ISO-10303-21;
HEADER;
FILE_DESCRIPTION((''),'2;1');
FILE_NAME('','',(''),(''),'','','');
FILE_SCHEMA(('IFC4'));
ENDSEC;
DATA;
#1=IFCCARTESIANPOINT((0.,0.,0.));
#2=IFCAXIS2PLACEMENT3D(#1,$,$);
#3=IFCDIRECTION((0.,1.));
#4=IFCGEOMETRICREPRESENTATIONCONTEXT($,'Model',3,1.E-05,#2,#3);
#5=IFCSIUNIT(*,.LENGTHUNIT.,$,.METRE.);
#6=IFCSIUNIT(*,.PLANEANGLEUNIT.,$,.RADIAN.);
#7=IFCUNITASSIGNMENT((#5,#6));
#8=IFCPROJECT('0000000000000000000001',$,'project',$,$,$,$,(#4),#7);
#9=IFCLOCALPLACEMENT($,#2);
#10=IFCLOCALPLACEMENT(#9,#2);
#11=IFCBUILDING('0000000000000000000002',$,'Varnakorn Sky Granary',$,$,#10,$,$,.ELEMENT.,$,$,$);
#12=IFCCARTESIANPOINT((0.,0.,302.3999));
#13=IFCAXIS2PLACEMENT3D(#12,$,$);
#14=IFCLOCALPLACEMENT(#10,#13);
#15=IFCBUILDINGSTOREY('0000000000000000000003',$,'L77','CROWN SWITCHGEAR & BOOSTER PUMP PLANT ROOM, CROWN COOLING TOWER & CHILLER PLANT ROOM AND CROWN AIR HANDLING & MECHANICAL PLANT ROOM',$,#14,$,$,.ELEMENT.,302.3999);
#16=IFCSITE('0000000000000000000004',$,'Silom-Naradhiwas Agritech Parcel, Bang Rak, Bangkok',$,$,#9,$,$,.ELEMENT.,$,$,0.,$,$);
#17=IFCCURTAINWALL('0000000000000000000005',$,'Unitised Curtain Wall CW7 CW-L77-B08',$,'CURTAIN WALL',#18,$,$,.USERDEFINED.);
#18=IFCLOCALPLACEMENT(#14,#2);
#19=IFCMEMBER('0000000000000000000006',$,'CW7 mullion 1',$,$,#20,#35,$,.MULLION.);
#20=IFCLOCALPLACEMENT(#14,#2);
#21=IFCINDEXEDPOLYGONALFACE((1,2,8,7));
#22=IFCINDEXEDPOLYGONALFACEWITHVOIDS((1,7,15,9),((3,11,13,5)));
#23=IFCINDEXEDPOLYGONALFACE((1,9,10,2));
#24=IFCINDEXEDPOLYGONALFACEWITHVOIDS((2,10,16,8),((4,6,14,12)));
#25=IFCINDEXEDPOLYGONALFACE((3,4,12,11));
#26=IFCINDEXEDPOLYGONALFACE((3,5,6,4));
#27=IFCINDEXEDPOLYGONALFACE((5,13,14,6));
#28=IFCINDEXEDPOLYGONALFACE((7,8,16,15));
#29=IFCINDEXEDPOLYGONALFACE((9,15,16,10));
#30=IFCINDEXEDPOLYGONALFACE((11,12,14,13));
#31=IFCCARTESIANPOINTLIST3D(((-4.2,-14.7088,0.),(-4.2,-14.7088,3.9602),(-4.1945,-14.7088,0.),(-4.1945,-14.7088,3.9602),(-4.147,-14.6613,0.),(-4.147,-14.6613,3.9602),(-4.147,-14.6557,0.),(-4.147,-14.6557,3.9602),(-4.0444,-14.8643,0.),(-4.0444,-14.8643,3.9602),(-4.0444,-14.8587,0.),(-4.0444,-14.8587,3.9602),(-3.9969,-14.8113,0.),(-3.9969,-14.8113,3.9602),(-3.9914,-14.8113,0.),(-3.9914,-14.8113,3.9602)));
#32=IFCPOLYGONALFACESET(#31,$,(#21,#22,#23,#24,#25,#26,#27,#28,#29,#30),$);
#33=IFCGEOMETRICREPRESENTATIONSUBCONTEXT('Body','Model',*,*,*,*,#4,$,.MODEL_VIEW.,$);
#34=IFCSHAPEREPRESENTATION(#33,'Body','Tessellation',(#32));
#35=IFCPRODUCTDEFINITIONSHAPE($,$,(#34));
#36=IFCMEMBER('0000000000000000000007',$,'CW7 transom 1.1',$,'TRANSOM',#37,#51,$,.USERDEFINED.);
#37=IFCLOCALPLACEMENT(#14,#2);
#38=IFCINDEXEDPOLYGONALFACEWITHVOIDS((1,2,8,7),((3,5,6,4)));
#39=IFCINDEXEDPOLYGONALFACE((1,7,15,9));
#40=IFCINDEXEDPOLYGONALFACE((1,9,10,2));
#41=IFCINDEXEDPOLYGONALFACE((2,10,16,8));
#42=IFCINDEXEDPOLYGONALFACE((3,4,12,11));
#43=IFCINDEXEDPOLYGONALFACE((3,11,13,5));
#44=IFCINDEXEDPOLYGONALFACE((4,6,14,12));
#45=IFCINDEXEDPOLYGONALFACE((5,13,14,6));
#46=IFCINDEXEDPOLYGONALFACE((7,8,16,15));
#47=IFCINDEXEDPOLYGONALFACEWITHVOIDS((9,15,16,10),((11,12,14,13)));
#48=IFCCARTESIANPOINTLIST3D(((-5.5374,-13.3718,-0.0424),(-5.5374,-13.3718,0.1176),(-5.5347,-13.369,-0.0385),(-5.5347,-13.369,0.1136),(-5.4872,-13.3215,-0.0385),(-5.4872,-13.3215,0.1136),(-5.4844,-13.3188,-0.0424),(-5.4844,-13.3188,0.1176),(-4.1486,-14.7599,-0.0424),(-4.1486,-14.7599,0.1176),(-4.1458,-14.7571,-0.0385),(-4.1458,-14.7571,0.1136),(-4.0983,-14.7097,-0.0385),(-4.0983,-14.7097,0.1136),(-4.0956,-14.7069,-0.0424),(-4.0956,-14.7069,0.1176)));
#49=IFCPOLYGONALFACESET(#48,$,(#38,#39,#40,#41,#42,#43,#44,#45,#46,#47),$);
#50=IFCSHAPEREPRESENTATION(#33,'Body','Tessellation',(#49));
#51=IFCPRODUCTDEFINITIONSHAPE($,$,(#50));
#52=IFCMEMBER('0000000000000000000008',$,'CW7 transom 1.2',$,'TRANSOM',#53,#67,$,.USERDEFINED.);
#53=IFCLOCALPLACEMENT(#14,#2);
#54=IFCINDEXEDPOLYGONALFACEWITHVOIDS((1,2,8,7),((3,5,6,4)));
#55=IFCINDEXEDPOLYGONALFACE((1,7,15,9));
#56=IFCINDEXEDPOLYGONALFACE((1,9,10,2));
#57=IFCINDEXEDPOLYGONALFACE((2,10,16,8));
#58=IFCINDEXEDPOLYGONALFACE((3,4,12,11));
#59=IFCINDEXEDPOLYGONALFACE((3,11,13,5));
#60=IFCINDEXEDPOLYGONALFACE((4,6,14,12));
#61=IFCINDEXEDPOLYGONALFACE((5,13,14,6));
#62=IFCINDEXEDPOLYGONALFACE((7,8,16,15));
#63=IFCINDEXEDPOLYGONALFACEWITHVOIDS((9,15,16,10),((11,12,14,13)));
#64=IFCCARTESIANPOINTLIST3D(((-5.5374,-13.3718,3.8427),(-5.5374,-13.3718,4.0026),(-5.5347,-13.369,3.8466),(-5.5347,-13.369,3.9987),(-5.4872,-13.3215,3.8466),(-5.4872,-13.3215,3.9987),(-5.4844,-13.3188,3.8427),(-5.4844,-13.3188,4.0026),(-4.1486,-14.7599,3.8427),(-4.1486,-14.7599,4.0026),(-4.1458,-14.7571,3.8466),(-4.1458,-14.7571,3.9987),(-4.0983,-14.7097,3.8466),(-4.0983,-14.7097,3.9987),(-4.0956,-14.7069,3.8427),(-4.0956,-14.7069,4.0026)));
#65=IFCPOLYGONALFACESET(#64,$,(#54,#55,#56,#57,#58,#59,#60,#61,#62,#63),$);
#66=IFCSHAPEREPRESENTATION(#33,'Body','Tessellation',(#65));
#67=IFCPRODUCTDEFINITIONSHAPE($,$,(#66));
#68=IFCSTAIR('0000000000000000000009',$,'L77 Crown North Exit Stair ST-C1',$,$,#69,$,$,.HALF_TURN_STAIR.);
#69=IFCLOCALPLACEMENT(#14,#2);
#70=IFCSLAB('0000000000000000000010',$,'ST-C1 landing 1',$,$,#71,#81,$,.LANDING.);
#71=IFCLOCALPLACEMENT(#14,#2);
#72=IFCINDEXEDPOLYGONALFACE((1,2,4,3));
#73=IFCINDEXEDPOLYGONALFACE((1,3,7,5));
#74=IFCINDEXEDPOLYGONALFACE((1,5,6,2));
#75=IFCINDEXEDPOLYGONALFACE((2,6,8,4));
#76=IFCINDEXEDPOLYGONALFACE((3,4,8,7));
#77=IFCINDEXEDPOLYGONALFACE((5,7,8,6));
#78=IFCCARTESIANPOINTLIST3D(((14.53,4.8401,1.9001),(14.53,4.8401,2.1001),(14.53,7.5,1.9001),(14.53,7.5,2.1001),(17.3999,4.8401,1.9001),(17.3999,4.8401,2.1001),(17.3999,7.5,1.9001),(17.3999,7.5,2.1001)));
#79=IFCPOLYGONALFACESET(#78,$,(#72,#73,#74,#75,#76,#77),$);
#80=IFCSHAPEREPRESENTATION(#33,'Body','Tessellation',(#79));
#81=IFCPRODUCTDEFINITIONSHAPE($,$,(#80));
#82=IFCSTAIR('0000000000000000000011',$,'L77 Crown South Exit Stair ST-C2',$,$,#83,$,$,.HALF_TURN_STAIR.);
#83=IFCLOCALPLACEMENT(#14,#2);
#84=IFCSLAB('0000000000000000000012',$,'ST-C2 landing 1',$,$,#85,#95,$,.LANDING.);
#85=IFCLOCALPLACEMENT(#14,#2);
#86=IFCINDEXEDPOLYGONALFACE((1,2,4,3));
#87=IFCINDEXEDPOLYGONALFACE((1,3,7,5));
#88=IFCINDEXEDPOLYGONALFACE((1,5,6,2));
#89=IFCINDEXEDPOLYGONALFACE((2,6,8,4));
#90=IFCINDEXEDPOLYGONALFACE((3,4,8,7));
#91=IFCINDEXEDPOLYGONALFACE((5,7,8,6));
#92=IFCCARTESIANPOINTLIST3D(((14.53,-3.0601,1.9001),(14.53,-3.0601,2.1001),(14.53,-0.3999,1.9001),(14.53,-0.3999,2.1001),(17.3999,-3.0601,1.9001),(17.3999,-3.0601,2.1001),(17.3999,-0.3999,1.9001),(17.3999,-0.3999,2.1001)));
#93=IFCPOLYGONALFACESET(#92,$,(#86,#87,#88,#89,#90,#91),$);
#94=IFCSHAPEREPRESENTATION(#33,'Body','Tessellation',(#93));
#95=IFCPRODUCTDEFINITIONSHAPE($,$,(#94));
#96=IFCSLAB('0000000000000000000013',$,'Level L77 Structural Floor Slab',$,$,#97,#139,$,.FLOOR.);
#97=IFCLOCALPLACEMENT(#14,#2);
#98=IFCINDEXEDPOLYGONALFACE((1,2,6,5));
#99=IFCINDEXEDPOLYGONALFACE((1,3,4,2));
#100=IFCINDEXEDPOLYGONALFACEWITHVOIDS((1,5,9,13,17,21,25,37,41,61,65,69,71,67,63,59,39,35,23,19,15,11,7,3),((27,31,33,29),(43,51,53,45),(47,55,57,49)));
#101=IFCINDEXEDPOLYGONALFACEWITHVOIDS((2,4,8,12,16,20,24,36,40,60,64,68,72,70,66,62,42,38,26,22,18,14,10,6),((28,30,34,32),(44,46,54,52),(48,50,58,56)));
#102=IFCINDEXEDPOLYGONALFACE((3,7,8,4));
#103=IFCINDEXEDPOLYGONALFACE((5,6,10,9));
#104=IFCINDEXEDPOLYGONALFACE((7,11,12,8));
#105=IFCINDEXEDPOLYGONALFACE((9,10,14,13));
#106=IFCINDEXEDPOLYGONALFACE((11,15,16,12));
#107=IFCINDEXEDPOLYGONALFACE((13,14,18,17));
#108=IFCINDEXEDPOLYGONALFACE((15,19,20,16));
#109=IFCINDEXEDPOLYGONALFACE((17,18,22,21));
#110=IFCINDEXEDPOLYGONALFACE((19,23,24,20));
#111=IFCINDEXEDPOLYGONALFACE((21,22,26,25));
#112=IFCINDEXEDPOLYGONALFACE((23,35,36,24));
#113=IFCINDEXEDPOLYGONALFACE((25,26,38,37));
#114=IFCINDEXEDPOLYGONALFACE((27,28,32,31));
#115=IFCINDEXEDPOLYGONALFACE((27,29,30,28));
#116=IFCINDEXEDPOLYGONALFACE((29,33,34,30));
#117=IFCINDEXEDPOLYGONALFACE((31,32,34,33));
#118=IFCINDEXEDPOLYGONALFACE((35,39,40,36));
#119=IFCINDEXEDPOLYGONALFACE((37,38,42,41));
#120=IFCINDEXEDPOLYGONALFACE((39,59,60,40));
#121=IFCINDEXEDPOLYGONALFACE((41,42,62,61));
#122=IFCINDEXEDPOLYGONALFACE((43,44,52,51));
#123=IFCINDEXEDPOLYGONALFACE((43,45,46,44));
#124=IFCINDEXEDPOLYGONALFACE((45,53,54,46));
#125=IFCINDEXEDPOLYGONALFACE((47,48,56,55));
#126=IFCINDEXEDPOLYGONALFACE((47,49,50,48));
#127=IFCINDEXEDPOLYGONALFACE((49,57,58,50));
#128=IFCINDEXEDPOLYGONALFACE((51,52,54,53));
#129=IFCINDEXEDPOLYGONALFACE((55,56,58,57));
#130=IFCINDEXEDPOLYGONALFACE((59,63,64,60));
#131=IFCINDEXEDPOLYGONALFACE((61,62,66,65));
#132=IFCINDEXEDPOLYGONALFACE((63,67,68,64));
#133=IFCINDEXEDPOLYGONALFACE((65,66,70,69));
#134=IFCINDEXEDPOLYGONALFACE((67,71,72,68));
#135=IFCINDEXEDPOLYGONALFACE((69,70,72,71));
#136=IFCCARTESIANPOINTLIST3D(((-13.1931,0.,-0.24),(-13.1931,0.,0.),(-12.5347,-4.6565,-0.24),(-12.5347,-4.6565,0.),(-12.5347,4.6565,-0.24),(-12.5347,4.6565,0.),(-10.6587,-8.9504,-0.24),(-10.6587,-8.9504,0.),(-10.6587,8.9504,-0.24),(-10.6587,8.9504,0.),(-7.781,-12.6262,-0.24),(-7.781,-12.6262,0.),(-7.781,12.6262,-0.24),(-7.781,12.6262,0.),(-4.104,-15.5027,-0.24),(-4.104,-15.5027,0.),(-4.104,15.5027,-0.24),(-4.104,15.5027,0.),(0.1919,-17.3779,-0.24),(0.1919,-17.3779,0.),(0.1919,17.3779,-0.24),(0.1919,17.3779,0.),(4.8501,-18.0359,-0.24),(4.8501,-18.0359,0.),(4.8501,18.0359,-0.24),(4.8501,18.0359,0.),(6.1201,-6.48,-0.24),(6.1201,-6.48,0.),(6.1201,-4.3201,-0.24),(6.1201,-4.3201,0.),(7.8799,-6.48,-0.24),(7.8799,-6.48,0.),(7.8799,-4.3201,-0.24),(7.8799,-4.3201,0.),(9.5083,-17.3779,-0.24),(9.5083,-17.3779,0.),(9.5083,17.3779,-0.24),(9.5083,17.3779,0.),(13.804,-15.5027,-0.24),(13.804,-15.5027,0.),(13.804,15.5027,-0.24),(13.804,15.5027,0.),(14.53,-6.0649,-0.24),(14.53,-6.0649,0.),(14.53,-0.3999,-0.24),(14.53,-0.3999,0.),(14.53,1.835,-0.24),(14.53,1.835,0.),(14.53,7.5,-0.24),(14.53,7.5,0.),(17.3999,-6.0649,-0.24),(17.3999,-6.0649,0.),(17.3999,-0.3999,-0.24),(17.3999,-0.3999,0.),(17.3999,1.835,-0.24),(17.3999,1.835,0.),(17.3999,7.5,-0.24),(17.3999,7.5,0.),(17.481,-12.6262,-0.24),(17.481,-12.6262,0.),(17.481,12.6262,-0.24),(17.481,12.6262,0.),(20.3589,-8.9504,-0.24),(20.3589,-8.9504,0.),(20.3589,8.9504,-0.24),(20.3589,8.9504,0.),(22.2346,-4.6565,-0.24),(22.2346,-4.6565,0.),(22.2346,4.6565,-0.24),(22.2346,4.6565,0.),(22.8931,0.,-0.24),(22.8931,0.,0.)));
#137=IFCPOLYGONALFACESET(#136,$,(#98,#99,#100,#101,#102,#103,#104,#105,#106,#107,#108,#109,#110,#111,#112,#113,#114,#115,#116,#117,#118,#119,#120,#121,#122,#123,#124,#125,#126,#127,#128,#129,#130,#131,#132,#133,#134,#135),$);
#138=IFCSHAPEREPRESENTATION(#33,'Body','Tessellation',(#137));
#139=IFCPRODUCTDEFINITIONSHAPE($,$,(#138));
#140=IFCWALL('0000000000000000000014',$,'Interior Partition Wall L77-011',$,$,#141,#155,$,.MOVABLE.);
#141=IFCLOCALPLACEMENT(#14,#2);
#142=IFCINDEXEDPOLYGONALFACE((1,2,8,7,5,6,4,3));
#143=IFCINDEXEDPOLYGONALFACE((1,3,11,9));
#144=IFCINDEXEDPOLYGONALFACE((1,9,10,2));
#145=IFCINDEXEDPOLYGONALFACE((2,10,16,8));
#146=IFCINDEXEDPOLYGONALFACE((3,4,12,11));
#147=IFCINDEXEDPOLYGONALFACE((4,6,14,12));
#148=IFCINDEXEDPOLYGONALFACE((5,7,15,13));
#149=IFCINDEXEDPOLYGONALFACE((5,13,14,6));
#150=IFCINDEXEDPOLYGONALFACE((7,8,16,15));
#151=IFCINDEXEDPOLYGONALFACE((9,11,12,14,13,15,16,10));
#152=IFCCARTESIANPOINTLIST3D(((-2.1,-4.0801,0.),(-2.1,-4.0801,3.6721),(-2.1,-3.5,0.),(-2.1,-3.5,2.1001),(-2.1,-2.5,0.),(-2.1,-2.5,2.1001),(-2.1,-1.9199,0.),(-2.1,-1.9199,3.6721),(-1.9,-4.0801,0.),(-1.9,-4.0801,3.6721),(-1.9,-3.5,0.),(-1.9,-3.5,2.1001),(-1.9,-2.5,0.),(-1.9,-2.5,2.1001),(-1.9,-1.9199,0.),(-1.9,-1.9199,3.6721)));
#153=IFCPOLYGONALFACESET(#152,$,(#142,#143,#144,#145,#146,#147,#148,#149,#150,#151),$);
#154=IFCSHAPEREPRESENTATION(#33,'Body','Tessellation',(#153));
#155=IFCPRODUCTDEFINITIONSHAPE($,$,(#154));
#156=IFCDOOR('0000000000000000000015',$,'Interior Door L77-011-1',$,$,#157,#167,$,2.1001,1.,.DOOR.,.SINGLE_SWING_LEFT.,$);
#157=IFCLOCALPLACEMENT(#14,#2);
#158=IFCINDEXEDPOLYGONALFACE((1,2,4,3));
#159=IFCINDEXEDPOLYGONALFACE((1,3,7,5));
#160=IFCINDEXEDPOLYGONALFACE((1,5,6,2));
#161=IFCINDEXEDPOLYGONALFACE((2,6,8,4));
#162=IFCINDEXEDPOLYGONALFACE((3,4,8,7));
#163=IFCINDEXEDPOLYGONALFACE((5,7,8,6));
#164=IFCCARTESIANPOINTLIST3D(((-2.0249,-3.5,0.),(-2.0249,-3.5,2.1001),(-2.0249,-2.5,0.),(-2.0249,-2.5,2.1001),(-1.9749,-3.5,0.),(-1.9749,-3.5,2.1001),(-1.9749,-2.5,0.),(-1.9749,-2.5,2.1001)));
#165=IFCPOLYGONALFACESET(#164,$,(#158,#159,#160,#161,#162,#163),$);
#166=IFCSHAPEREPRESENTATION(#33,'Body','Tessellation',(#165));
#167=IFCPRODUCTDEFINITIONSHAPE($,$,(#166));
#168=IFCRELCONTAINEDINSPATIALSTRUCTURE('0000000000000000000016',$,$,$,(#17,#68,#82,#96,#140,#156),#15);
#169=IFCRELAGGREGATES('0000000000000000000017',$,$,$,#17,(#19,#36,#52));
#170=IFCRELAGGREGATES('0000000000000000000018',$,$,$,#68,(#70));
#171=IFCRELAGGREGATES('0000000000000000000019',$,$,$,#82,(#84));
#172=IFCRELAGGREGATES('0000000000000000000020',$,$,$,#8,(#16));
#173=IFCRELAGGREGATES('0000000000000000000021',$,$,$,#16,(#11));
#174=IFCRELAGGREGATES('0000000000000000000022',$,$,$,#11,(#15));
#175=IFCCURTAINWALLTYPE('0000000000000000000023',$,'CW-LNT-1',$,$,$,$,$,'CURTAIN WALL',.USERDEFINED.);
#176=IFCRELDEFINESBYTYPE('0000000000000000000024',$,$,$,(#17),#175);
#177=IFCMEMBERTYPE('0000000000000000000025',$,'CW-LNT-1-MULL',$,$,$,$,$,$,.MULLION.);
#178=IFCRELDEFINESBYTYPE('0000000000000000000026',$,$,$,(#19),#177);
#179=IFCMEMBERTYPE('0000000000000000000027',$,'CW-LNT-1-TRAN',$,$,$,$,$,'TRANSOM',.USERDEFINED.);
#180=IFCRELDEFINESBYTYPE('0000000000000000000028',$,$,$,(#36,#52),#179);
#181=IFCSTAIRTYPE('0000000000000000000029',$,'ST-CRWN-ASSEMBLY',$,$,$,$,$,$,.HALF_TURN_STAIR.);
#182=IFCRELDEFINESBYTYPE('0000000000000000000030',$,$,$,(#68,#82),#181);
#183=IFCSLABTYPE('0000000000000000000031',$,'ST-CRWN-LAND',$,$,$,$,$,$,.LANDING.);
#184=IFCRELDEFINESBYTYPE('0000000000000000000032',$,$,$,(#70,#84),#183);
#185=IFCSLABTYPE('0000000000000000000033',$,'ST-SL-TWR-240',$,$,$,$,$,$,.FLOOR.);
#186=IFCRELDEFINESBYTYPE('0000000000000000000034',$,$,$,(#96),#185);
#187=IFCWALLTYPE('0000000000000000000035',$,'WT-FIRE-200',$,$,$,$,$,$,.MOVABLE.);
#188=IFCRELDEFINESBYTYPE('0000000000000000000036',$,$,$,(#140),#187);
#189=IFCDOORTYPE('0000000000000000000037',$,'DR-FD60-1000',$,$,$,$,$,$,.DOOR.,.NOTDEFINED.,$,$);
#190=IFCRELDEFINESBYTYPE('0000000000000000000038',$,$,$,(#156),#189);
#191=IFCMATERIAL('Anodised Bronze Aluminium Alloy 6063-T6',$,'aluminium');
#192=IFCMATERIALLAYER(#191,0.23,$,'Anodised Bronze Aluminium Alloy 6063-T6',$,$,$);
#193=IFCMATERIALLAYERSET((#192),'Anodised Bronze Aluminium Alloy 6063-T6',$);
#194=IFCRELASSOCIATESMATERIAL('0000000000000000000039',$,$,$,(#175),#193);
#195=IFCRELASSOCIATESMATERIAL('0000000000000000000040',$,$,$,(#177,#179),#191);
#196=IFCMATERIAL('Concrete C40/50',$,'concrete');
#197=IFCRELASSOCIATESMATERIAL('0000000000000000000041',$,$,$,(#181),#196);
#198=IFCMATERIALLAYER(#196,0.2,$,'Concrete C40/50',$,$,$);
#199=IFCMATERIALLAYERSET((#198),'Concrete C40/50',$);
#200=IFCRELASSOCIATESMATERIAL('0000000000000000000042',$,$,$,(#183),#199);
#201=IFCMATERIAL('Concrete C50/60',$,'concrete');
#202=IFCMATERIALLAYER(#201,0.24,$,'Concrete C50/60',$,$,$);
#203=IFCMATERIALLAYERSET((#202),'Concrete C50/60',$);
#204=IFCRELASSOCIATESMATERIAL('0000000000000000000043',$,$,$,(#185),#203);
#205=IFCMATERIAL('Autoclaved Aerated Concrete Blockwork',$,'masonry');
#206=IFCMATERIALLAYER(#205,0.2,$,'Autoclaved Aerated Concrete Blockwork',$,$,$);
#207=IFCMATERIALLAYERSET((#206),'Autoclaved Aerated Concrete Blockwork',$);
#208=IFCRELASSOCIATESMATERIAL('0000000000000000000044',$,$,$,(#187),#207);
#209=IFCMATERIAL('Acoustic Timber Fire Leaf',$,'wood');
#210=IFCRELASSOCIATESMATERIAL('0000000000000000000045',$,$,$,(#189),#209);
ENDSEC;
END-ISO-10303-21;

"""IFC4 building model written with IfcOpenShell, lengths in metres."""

from ifc_helpers import new_model, si_unit, direction, frame, frame_2d, origin, origin_2d, place, context, subcontext, project, spatial, polyline, rectangle, hollow_rectangle, outline, extrude, material, layer, layer_set, material_profile, profile_set, type_object, element, fill, aggregate, save


model = new_model("IFC4")

# Units and contexts
model_context = context("Model", 3, precision=1e-05, world=origin(), true_north=direction((0.0, 1.0)))
body_context = subcontext(model_context, "Body", "Model", "MODEL_VIEW")
ifc_project = project(units=[si_unit("LENGTHUNIT", "METRE"), si_unit("PLANEANGLEUNIT", "RADIAN")], contexts=[model_context])

# Site, building, storey
site_placement = place(None, origin())
site = spatial("IfcSite", under=ifc_project, at=site_placement, Name="Silom-Naradhiwas Agritech Parcel, Bang Rak, Bangkok", CompositionType="ELEMENT", RefElevation=0.0)
building_placement = place(site_placement, origin())
building = spatial("IfcBuilding", under=site, at=building_placement, Name="Varnakorn Sky Granary", CompositionType="ELEMENT")
storey_placement = place(building_placement, frame((0.0, 0.0, 302.3999)))
storey = spatial("IfcBuildingStorey", under=building, at=storey_placement, Name="L77", Description="CROWN SWITCHGEAR & BOOSTER PUMP PLANT ROOM, CROWN COOLING TOWER & CHILLER PLANT ROOM AND CROWN AIR HANDLING & MECHANICAL PLANT ROOM", CompositionType="ELEMENT", Elevation=302.3999)

# Shared definitions
ifc_material_1 = material(Name="Concrete C50/60", Category="concrete")

# Curtain wall, members
ifc_material_2 = material(Name="Anodised Bronze Aluminium Alloy 6063-T6", Category="aluminium")
ifc_layer_1 = layer(ifc_material_2, 0.23, Name="Anodised Bronze Aluminium Alloy 6063-T6")
ifc_layer_set_1 = layer_set([ifc_layer_1], Name="Anodised Bronze Aluminium Alloy 6063-T6")
curtain_wall_type = type_object("IfcCurtainWallType", Name="CW-LNT-1", ElementType="CURTAIN WALL", PredefinedType="USERDEFINED", material=ifc_layer_set_1)
curtain_wall_placement = place(storey_placement, origin())
curtain_wall = element("IfcCurtainWall", 1, at=curtain_wall_placement, inside=storey, type_object=curtain_wall_type, Name="Unitised Curtain Wall CW7 CW-L77-B08", ObjectType="CURTAIN WALL", PredefinedType="USERDEFINED")
ifc_material_profile_1 = material_profile(ifc_material_2, hollow_rectangle(XDim=0.075, YDim=0.22, WallThickness=0.0039, at=origin_2d()), Name="ALU MULL 75x220")
ifc_profile_set_1 = profile_set([ifc_material_profile_1], Name="Anodised Bronze Aluminium Alloy 6063-T6")
member_type_1 = type_object("IfcMemberType", Name="CW-LNT-1-MULL", PredefinedType="MULLION", material=ifc_profile_set_1)
member_1_placement = place(storey_placement, frame((-4.0957, -14.76, 0.0), z_axis=(0.0, 0.0, 1.0), x_axis=(-0.706962, -0.707251, 0.0)))
member_1 = element("IfcMember", 2, at=member_1_placement, type_object=member_type_1, Name="CW7 mullion 1", PredefinedType="MULLION", context=body_context, shape_type="SweptSolid", body=[
    extrude(hollow_rectangle(XDim=0.075, YDim=0.22, WallThickness=0.0039, at=origin_2d()), origin(), (0.0, 0.0, 1.0), 3.9602),
])
ifc_material_profile_2 = material_profile(ifc_material_2, hollow_rectangle(XDim=0.075, YDim=0.1599, WallThickness=0.0039, at=origin_2d()), Name="ALU TRAN 75x160")
ifc_profile_set_2 = profile_set([ifc_material_profile_2], Name="Anodised Bronze Aluminium Alloy 6063-T6")
member_type_2 = type_object("IfcMemberType", Name="CW-LNT-1-TRAN", ElementType="TRANSOM", PredefinedType="USERDEFINED", material=ifc_profile_set_2)
member_2_placement = place(storey_placement, frame((-4.1221, -14.7334, 0.0376), z_axis=(-0.707293, 0.70692, 0.0), x_axis=(-0.70692, -0.707293, 0.0)))
member_2 = element("IfcMember", 3, at=member_2_placement, type_object=member_type_2, Name="CW7 transom 1.1", ObjectType="TRANSOM", PredefinedType="USERDEFINED", context=body_context, shape_type="SweptSolid", body=[
    extrude(hollow_rectangle(XDim=0.075, YDim=0.1599, WallThickness=0.0039, at=origin_2d()), origin(), (0.0, 0.0, 1.0), 1.9636),
])
member_3_placement = place(storey_placement, frame((-4.1221, -14.7334, 3.9226), z_axis=(-0.707293, 0.70692, 0.0), x_axis=(-0.70692, -0.707293, 0.0)))
member_3 = element("IfcMember", 4, at=member_3_placement, type_object=member_type_2, Name="CW7 transom 1.2", ObjectType="TRANSOM", PredefinedType="USERDEFINED", context=body_context, shape_type="SweptSolid", body=[
    extrude(hollow_rectangle(XDim=0.075, YDim=0.1599, WallThickness=0.0039, at=origin_2d()), origin(), (0.0, 0.0, 1.0), 1.9636),
])
aggregate(curtain_wall, [member_1, member_2, member_3])

# Stairs, slabs
ifc_material_3 = material(Name="Concrete C40/50", Category="concrete")
stair_type = type_object("IfcStairType", Name="ST-CRWN-ASSEMBLY", PredefinedType="HALF_TURN_STAIR", material=ifc_material_3)
stair_1_placement = place(storey_placement, origin())
stair_1 = element("IfcStair", 5, at=stair_1_placement, inside=storey, type_object=stair_type, Name="L77 Crown North Exit Stair ST-C1", PredefinedType="HALF_TURN_STAIR")
ifc_layer_2 = layer(ifc_material_3, 0.2, Name="Concrete C40/50")
ifc_layer_set_2 = layer_set([ifc_layer_2], Name="Concrete C40/50")
slab_type_1 = type_object("IfcSlabType", Name="ST-CRWN-LAND", PredefinedType="LANDING", material=ifc_layer_set_2)
slab_1_placement = place(storey_placement, frame((0.0, 0.0, 1.9001)))
slab_1 = element("IfcSlab", 6, at=slab_1_placement, type_object=slab_type_1, Name="ST-C1 landing 1", PredefinedType="LANDING", context=body_context, shape_type="SweptSolid", body=[
    extrude(outline(polyline([(17.3999, 4.8401), (17.3999, 7.5), (14.53, 7.5), (14.53, 4.8401), (17.3999, 4.8401)])), origin(), (0.0, 0.0, 1.0), 0.2),
])
aggregate(stair_1, [slab_1])
stair_2_placement = place(storey_placement, origin())
stair_2 = element("IfcStair", 7, at=stair_2_placement, inside=storey, type_object=stair_type, Name="L77 Crown South Exit Stair ST-C2", PredefinedType="HALF_TURN_STAIR")
slab_2_placement = place(storey_placement, frame((0.0, 0.0, 1.9001)))
slab_2 = element("IfcSlab", 8, at=slab_2_placement, type_object=slab_type_1, Name="ST-C2 landing 1", PredefinedType="LANDING", context=body_context, shape_type="SweptSolid", body=[
    extrude(outline(polyline([(17.3999, -3.0601), (17.3999, -0.3999), (14.53, -0.3999), (14.53, -3.0601), (17.3999, -3.0601)])), origin(), (0.0, 0.0, 1.0), 0.2),
])
aggregate(stair_2, [slab_2])

# Slab
ifc_layer_3 = layer(ifc_material_1, 0.24, Name="Concrete C50/60")
ifc_layer_set_3 = layer_set([ifc_layer_3], Name="Concrete C50/60")
slab_type_2 = type_object("IfcSlabType", Name="ST-SL-TWR-240", PredefinedType="FLOOR", material=ifc_layer_set_3)
slab_3_placement = place(storey_placement, frame((0.0, 0.0, -0.24)))
element("IfcSlab", 9, at=slab_3_placement, inside=storey, type_object=slab_type_2, Name="Level L77 Structural Floor Slab", PredefinedType="FLOOR", context=body_context, shape_type="SweptSolid", body=[
    extrude(outline(polyline([(22.8931, 0.0), (22.2346, 4.6565), (20.3589, 8.9504), (17.481, 12.6262), (13.804, 15.5027), (9.5083, 17.3779), (4.8501, 18.0359), (0.1919, 17.3779), (-4.104, 15.5027), (-7.781, 12.6262), (-10.6587, 8.9504), (-12.5347, 4.6565), (-13.1931, 0.0), (-12.5347, -4.6565), (-10.6587, -8.9504), (-7.781, -12.6262), (-4.104, -15.5027), (0.1919, -17.3779), (4.8501, -18.0359), (9.5083, -17.3779), (13.804, -15.5027), (17.481, -12.6262), (20.3589, -8.9504), (22.2346, -4.6565), (22.8931, 0.0)]), holes=[polyline([(17.3999, 1.835), (17.3999, 7.5), (14.53, 7.5), (14.53, 1.835), (17.3999, 1.835)]), polyline([(17.3999, -6.0649), (17.3999, -0.3999), (14.53, -0.3999), (14.53, -6.0649), (17.3999, -6.0649)]), polyline([(6.1201, -6.48), (7.8799, -6.48), (7.8799, -4.3201), (6.1201, -4.3201), (6.1201, -6.48)])]), origin(), (0.0, 0.0, 1.0), 0.24),
])

# Wall, opening, door
ifc_material_4 = material(Name="Autoclaved Aerated Concrete Blockwork", Category="masonry")
ifc_layer_4 = layer(ifc_material_4, 0.2, Name="Autoclaved Aerated Concrete Blockwork")
ifc_layer_set_4 = layer_set([ifc_layer_4], Name="Autoclaved Aerated Concrete Blockwork")
wall_type_1 = type_object("IfcWallType", Name="WT-FIRE-200", PredefinedType="MOVABLE", material=ifc_layer_set_4)
wall_1_placement = place(storey_placement, frame((-2.0, -4.0801, 0.0), z_axis=(0.0, 0.0, 1.0), x_axis=(0.0, 1.0, 0.0)))
wall_1 = element("IfcWall", 10, at=wall_1_placement, inside=storey, type_object=wall_type_1, Name="Interior Partition Wall L77-011", PredefinedType="MOVABLE", context=body_context, shape_type="SweptSolid", body=[
    extrude(rectangle(XDim=2.1602, YDim=0.2, at=frame_2d((1.0801, 0.0))), origin(), (0.0, 0.0, 1.0), 3.6721),
])
opening_1_placement = place(wall_1_placement, frame((0.5801, 0.0, 0.0)))
opening_1 = element("IfcOpeningElement", 11, at=opening_1_placement, cuts=wall_1, PredefinedType="OPENING", context=body_context, shape_type="SweptSolid", body=[
    extrude(rectangle(XDim=1.0, YDim=2.1001, at=frame_2d((0.5, 1.05))), frame((0.0, 0.1099, 0.0), z_axis=(0.0, -1.0, 0.0), x_axis=(1.0, 0.0, 0.0)), (0.0, 0.0, 1.0), 0.22),
])
ifc_material_5 = material(Name="Acoustic Timber Fire Leaf", Category="wood")
door_type_1 = type_object("IfcDoorType", Name="DR-FD60-1000", OperationType="NOTDEFINED", PredefinedType="DOOR", material=ifc_material_5)
door_1_placement = place(opening_1_placement, origin())
door_1 = element("IfcDoor", 12, at=door_1_placement, inside=storey, type_object=door_type_1, Name="Interior Door L77-011-1", OperationType="SINGLE_SWING_LEFT", OverallHeight=2.1001, OverallWidth=1.0, PredefinedType="DOOR", context=body_context, shape_type="SweptSolid", body=[
    extrude(rectangle(XDim=1.0, YDim=2.1001, at=frame_2d((0.5, 1.05))), frame((0.0, 0.0249, 0.0), z_axis=(0.0, -1.0, 0.0), x_axis=(1.0, 0.0, 0.0)), (0.0, 0.0, 1.0), 0.05),
])
fill(opening_1, door_1)

save(model, "model.ifc")
